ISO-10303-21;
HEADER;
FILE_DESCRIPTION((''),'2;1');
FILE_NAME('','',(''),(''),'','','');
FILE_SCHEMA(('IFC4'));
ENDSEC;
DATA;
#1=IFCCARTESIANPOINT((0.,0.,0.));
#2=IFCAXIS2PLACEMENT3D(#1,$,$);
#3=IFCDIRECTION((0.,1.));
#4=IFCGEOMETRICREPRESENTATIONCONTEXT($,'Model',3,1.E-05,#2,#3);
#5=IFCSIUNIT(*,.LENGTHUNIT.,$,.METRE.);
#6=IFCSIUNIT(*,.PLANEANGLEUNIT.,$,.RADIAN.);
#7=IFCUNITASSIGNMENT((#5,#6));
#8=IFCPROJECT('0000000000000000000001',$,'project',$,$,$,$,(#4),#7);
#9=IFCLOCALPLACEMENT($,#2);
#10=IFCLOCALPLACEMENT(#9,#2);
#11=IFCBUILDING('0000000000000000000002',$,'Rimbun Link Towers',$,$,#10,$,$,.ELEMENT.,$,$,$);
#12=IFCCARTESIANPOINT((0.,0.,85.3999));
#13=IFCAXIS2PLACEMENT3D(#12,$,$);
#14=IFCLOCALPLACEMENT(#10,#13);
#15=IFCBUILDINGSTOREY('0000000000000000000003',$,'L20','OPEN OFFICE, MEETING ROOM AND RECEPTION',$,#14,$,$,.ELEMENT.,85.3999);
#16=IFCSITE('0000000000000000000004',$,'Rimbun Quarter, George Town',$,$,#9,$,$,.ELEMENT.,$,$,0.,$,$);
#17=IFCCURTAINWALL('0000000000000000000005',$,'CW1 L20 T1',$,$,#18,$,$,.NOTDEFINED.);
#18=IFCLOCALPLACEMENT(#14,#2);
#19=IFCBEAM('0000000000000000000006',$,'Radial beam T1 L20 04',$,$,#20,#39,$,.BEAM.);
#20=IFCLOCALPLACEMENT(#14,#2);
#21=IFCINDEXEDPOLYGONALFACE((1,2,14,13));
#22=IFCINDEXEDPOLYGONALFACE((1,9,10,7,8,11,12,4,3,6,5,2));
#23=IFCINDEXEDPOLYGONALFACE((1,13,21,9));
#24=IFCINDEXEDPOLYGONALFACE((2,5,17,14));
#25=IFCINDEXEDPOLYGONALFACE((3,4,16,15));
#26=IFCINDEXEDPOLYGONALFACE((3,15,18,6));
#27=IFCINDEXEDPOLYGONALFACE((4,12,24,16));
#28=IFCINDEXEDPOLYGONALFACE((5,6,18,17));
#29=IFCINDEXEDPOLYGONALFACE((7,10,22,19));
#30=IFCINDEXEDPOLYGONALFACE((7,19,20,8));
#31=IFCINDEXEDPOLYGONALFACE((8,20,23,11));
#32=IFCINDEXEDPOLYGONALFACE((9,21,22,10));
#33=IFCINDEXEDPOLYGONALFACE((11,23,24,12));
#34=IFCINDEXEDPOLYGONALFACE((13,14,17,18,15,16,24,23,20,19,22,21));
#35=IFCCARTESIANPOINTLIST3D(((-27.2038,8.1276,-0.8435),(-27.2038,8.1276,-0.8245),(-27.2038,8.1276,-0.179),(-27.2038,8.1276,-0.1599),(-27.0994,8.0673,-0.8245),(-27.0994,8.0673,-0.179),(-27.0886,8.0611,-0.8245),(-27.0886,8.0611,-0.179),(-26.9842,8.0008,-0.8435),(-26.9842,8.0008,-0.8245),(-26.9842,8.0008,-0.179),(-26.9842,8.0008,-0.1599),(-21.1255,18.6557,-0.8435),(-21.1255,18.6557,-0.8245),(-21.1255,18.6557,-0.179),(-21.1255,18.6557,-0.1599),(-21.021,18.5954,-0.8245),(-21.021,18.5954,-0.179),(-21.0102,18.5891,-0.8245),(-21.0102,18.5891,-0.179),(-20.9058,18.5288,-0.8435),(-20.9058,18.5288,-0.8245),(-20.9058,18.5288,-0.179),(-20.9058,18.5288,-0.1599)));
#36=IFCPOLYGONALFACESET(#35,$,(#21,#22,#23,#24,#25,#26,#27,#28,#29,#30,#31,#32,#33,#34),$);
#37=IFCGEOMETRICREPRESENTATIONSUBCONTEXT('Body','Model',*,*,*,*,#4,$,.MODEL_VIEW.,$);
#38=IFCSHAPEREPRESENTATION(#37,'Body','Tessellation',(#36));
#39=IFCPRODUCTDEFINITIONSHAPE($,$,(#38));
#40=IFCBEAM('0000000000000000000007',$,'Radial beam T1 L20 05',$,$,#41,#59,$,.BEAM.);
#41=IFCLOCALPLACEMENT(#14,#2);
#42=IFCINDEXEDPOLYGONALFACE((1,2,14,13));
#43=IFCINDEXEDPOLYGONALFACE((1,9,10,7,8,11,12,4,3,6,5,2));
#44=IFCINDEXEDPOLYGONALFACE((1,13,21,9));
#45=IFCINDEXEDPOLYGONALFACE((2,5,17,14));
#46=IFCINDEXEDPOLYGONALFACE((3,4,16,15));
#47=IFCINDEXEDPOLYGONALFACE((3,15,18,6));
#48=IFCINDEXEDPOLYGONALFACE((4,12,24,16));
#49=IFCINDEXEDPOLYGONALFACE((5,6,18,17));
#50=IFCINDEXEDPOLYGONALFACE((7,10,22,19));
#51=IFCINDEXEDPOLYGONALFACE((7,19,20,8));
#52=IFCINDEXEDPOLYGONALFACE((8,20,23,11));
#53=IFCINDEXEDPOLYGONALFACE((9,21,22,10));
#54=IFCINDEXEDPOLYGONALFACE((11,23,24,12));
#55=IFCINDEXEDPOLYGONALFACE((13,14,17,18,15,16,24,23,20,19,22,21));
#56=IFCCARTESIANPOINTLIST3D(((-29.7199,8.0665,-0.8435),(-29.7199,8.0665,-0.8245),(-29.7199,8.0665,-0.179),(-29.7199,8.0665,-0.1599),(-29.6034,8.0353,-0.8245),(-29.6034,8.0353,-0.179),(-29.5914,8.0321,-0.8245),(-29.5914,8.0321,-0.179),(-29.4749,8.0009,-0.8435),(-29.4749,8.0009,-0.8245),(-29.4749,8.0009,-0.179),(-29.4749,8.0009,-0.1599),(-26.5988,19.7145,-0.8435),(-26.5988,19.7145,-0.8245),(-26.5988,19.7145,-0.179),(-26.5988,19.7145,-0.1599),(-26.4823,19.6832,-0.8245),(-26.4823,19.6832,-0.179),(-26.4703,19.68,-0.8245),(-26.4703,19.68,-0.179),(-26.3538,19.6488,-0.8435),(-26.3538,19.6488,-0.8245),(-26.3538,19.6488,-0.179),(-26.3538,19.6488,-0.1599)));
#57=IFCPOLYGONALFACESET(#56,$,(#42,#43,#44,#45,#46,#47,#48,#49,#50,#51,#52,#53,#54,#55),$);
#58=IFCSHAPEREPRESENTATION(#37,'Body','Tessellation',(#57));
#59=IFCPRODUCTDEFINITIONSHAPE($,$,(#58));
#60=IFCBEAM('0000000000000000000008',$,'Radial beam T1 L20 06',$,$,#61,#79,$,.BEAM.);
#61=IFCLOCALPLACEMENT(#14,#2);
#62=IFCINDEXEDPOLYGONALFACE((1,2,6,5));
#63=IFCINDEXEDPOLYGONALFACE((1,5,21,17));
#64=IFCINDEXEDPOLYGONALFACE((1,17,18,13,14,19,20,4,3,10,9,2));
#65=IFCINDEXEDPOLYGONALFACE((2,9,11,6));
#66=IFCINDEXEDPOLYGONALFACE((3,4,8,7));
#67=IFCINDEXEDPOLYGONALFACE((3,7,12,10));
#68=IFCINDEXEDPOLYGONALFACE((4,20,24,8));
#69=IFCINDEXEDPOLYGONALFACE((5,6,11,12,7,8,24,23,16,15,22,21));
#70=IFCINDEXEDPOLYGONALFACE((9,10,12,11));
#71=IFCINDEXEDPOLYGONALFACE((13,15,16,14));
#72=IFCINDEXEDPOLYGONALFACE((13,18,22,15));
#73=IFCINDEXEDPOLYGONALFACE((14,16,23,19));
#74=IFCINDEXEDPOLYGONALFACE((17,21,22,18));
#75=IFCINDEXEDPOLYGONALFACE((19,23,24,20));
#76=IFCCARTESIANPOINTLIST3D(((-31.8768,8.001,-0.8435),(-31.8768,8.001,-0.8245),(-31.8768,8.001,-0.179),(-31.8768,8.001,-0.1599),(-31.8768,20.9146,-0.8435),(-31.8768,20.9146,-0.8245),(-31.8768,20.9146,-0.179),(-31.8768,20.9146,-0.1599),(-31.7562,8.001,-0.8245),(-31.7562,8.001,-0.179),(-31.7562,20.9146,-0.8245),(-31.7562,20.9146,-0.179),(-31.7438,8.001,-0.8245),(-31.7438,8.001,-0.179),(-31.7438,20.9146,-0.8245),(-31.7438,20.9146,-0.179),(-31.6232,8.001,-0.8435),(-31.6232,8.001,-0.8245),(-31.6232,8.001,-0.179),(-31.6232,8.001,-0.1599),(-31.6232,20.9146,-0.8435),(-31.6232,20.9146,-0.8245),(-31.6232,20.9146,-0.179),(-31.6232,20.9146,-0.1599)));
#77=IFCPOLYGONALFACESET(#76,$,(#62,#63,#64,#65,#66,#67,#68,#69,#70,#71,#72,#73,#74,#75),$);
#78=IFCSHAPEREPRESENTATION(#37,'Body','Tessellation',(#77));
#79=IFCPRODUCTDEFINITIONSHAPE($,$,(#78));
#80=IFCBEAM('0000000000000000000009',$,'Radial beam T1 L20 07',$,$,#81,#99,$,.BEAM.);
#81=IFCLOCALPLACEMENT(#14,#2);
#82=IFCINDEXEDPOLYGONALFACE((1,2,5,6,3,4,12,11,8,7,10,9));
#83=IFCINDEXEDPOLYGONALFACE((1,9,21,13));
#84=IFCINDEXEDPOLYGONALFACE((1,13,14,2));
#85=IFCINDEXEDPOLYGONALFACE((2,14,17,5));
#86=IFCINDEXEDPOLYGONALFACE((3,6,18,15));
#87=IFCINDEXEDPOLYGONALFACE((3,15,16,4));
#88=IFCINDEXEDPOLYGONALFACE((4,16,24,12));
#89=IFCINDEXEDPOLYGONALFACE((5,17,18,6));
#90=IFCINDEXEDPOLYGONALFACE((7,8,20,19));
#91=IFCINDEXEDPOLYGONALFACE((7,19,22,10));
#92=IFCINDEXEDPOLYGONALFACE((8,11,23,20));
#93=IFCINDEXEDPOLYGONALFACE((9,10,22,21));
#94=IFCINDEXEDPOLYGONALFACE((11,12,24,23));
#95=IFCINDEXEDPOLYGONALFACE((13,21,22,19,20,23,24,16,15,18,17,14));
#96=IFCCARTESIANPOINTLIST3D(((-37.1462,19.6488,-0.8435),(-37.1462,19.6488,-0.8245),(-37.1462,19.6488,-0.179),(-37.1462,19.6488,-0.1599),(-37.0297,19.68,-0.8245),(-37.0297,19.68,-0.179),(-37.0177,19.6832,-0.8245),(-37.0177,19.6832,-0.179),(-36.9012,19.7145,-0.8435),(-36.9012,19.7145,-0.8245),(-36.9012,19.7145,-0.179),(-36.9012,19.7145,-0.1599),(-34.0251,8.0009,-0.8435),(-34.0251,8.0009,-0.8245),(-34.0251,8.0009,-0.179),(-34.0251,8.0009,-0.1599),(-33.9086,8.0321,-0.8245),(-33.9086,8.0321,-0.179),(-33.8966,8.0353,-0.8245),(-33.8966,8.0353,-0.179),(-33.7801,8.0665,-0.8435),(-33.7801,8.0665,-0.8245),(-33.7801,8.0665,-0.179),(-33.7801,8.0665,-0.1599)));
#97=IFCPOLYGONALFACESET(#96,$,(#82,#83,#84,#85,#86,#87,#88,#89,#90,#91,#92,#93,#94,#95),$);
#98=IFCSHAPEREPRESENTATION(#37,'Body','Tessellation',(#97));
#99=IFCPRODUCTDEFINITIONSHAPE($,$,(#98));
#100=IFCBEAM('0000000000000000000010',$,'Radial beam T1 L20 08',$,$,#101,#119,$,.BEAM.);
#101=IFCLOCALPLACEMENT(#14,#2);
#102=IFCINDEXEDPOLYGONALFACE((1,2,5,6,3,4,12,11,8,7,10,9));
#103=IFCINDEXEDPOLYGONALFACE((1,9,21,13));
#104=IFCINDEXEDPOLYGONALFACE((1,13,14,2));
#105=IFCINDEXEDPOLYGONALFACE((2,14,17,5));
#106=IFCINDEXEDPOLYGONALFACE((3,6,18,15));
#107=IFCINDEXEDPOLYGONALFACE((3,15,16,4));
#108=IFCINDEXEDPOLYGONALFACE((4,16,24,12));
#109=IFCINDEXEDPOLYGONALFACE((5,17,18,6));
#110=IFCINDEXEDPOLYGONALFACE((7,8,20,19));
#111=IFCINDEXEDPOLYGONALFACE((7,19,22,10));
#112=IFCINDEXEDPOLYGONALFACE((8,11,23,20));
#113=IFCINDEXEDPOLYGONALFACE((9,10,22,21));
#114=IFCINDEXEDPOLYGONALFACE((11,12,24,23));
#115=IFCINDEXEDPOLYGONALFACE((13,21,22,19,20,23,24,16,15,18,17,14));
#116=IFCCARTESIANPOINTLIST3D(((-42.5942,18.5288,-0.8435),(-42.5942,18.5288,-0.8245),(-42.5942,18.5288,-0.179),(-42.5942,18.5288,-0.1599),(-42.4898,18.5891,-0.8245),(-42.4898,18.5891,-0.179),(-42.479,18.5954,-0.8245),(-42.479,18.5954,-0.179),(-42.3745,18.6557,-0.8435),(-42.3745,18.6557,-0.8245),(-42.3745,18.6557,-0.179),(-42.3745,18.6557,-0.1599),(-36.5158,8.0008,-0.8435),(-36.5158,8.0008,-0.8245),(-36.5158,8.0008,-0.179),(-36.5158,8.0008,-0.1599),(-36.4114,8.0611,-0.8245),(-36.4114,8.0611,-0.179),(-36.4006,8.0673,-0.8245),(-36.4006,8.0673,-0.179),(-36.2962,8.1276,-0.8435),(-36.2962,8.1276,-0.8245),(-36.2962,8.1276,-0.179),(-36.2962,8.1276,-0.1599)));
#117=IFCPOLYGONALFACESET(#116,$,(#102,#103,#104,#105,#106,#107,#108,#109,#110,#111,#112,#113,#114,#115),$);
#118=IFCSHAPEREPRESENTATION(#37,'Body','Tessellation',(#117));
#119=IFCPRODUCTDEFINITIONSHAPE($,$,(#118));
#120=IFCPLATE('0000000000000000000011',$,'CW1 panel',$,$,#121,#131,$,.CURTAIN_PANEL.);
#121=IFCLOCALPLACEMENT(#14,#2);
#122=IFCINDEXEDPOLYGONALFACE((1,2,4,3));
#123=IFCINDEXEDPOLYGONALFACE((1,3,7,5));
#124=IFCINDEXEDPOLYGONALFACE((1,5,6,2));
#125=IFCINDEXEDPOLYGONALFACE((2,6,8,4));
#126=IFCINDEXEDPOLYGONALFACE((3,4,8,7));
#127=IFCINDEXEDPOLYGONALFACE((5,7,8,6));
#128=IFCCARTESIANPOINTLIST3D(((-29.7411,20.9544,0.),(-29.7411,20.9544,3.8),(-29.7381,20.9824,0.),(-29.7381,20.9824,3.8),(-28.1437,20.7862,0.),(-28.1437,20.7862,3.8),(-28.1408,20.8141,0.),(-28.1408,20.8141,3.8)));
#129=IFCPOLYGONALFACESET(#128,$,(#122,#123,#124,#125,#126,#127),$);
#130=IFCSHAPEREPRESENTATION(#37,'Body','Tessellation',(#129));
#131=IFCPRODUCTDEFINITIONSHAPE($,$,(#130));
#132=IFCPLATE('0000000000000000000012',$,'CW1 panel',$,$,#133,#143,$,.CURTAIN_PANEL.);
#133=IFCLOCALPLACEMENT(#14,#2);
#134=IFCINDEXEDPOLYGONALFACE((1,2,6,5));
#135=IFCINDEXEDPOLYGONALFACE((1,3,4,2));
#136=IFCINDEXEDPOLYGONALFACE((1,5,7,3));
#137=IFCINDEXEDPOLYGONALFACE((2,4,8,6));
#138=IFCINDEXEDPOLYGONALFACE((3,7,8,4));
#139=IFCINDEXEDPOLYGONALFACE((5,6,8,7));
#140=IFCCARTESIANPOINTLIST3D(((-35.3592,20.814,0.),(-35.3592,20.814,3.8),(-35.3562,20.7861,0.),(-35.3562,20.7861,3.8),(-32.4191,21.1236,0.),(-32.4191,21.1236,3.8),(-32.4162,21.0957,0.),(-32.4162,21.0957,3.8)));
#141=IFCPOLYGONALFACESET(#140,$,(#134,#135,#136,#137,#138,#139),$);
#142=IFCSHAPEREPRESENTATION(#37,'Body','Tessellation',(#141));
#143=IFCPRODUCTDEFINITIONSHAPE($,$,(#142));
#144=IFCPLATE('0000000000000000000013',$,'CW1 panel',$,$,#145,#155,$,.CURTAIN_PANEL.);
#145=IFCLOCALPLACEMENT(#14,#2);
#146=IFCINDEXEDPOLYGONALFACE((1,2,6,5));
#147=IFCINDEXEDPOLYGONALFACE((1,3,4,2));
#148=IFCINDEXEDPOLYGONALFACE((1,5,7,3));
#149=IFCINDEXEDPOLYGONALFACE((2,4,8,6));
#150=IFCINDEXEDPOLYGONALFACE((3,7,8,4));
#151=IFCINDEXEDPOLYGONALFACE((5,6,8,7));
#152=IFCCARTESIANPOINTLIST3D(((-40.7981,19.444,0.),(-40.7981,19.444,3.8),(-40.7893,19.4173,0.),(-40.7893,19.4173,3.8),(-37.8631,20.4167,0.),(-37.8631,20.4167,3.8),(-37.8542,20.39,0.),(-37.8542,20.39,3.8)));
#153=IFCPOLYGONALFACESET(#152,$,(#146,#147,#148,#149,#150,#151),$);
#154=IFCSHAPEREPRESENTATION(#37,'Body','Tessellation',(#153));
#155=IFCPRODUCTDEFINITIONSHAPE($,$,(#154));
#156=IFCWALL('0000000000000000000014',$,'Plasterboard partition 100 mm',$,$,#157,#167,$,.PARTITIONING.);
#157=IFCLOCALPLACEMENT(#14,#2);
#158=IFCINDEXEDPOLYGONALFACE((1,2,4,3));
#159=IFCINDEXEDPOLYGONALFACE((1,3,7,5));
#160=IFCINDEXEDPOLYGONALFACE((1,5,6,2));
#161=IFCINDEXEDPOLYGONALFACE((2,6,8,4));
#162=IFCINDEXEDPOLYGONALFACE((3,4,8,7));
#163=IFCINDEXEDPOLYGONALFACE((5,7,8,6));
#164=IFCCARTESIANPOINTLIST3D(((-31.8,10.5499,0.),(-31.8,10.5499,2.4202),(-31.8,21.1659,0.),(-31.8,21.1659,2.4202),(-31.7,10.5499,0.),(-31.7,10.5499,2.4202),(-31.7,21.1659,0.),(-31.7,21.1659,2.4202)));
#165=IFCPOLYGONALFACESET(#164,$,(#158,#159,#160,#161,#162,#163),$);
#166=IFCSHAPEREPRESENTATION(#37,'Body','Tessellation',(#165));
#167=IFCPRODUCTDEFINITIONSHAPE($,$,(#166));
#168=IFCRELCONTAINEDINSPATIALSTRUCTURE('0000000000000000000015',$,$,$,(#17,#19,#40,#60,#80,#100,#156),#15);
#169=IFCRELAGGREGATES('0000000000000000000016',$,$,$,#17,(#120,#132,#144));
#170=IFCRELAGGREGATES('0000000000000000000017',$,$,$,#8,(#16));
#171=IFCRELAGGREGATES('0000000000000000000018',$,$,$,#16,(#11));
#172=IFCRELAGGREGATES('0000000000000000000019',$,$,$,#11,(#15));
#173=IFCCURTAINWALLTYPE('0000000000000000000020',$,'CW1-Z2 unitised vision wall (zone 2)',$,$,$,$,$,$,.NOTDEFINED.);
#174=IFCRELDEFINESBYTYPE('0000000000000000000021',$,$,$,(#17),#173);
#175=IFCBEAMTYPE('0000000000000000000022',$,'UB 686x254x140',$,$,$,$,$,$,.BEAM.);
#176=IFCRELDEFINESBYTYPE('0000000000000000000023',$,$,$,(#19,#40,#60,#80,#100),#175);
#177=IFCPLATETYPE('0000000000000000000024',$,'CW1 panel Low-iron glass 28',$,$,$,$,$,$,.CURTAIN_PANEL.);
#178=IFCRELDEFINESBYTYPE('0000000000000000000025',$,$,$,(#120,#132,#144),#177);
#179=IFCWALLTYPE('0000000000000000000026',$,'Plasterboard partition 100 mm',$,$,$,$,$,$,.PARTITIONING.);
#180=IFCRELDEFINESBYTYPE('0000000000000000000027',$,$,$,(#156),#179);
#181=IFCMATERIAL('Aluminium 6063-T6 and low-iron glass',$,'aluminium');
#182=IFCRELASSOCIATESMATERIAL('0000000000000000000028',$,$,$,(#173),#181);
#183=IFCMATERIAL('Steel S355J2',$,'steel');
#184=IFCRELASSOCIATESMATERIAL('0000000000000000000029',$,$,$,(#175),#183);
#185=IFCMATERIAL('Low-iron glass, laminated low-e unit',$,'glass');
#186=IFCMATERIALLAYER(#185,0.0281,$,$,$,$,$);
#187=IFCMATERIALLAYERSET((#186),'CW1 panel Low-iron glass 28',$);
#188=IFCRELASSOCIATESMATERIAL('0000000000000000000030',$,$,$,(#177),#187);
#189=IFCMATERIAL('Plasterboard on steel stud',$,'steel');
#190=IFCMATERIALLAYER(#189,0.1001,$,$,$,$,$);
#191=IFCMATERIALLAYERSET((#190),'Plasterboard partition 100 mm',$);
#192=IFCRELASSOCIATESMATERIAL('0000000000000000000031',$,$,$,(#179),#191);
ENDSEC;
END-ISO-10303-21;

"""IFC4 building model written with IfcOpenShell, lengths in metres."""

from ifc_helpers import new_model, si_unit, direction, frame, frame_2d, origin, origin_2d, place, context, subcontext, project, spatial, rectangle, i_section, extrude, material, layer, layer_set, material_profile, profile_set, type_object, element, aggregate, save


model = new_model("IFC4")

# Units and contexts
model_context = context("Model", 3, precision=1e-05, world=origin(), true_north=direction((0.0, 1.0)))
body_context = subcontext(model_context, "Body", "Model", "MODEL_VIEW")
ifc_project = project(units=[si_unit("LENGTHUNIT", "METRE"), si_unit("PLANEANGLEUNIT", "RADIAN")], contexts=[model_context])

# Site, building, storey
site_placement = place(None, origin())
site = spatial("IfcSite", under=ifc_project, at=site_placement, Name="Rimbun Quarter, George Town", CompositionType="ELEMENT", RefElevation=0.0)
building_placement = place(site_placement, origin())
building = spatial("IfcBuilding", under=site, at=building_placement, Name="Rimbun Link Towers", CompositionType="ELEMENT")
storey_placement = place(building_placement, frame((0.0, 0.0, 85.3999)))
storey = spatial("IfcBuildingStorey", under=building, at=storey_placement, Name="L20", Description="OPEN OFFICE, MEETING ROOM AND RECEPTION", CompositionType="ELEMENT", Elevation=85.3999)

# Curtain wall
ifc_material_1 = material(Name="Aluminium 6063-T6 and low-iron glass", Category="aluminium")
curtain_wall_type = type_object("IfcCurtainWallType", Name="CW1-Z2 unitised vision wall (zone 2)", PredefinedType="NOTDEFINED", material=ifc_material_1)
curtain_wall_placement = place(storey_placement, origin())
curtain_wall = element("IfcCurtainWall", 1, at=curtain_wall_placement, inside=storey, type_object=curtain_wall_type, Name="CW1 L20 T1", PredefinedType="NOTDEFINED")

# Beams
ifc_material_2 = material(Name="Steel S355J2", Category="steel")
ifc_material_profile_1 = material_profile(ifc_material_2, i_section(OverallWidth=0.2537, OverallDepth=0.6836, WebThickness=0.0125, FlangeThickness=0.019, at=origin_2d()), Name="UB 686x254x140")
ifc_profile_set_1 = profile_set([ifc_material_profile_1], Name="Steel S355J2")
beam_type_1 = type_object("IfcBeamType", Name="UB 686x254x140", PredefinedType="BEAM", material=ifc_profile_set_1)
beam_1_placement = place(storey_placement, frame((-27.094, 8.0642, -0.5017), z_axis=(0.499999, 0.866026, 0.0), x_axis=(-0.866026, 0.499999, 0.0)))
element("IfcBeam", 2, at=beam_1_placement, inside=storey, type_object=beam_type_1, Name="Radial beam T1 L20 04", PredefinedType="BEAM", context=body_context, shape_type="SweptSolid", body=[
    extrude(i_section(OverallWidth=0.2537, OverallDepth=0.6836, WebThickness=0.0125, FlangeThickness=0.019, at=origin_2d()), origin(), (0.0, 0.0, 1.0), 12.1567),
])
beam_2_placement = place(storey_placement, frame((-29.5974, 8.0337, -0.5017), z_axis=(0.258822, 0.965925, 0.0), x_axis=(-0.965925, 0.258822, 0.0)))
element("IfcBeam", 3, at=beam_2_placement, inside=storey, type_object=beam_type_1, Name="Radial beam T1 L20 05", PredefinedType="BEAM", context=body_context, shape_type="SweptSolid", body=[
    extrude(i_section(OverallWidth=0.2537, OverallDepth=0.6836, WebThickness=0.0125, FlangeThickness=0.019, at=origin_2d()), origin(), (0.0, 0.0, 1.0), 12.0588),
])
beam_3_placement = place(storey_placement, frame((-31.75, 8.001, -0.5017), z_axis=(0.0, 1.0, 0.0), x_axis=(-1.0, 0.0, 0.0)))
element("IfcBeam", 4, at=beam_3_placement, inside=storey, type_object=beam_type_1, Name="Radial beam T1 L20 06", PredefinedType="BEAM", context=body_context, shape_type="SweptSolid", body=[
    extrude(i_section(OverallWidth=0.2537, OverallDepth=0.6836, WebThickness=0.0125, FlangeThickness=0.019, at=origin_2d()), origin(), (0.0, 0.0, 1.0), 12.9136),
])
beam_4_placement = place(storey_placement, frame((-33.9026, 8.0337, -0.5017), z_axis=(-0.258822, 0.965925, 0.0), x_axis=(-0.965925, -0.258822, 0.0)))
element("IfcBeam", 5, at=beam_4_placement, inside=storey, type_object=beam_type_1, Name="Radial beam T1 L20 07", PredefinedType="BEAM", context=body_context, shape_type="SweptSolid", body=[
    extrude(i_section(OverallWidth=0.2537, OverallDepth=0.6836, WebThickness=0.0125, FlangeThickness=0.019, at=origin_2d()), origin(), (0.0, 0.0, 1.0), 12.0588),
])
beam_5_placement = place(storey_placement, frame((-36.406, 8.0642, -0.5017), z_axis=(-0.499999, 0.866026, 0.0), x_axis=(-0.866026, -0.499999, 0.0)))
element("IfcBeam", 6, at=beam_5_placement, inside=storey, type_object=beam_type_1, Name="Radial beam T1 L20 08", PredefinedType="BEAM", context=body_context, shape_type="SweptSolid", body=[
    extrude(i_section(OverallWidth=0.2537, OverallDepth=0.6836, WebThickness=0.0125, FlangeThickness=0.019, at=origin_2d()), origin(), (0.0, 0.0, 1.0), 12.1567),
])

# Plates
ifc_material_3 = material(Name="Low-iron glass, laminated low-e unit", Category="glass")
ifc_layer_1 = layer(ifc_material_3, 0.0281)
ifc_layer_set_1 = layer_set([ifc_layer_1], Name="CW1 panel Low-iron glass 28")
plate_type = type_object("IfcPlateType", Name="CW1 panel Low-iron glass 28", PredefinedType="CURTAIN_PANEL", material=ifc_layer_set_1)
plate_1_placement = place(storey_placement, frame((-28.9409, 20.8843, 0.0), z_axis=(0.0, 0.0, 1.0), x_axis=(0.9945, -0.104736, 0.0)))
plate_1 = element("IfcPlate", 7, at=plate_1_placement, type_object=plate_type, Name="CW1 panel", PredefinedType="CURTAIN_PANEL", context=body_context, shape_type="SweptSolid", body=[
    extrude(rectangle(XDim=1.6062, YDim=0.0281, at=origin_2d()), origin(), (0.0, 0.0, 1.0), 3.8),
])
plate_2_placement = place(storey_placement, frame((-33.8877, 20.9548, 0.0), z_axis=(0.0, 0.0, 1.0), x_axis=(0.9945, 0.104736, 0.0)))
plate_2 = element("IfcPlate", 8, at=plate_2_placement, type_object=plate_type, Name="CW1 panel", PredefinedType="CURTAIN_PANEL", context=body_context, shape_type="SweptSolid", body=[
    extrude(rectangle(XDim=2.9563, YDim=0.0281, at=origin_2d()), origin(), (0.0, 0.0, 1.0), 3.8),
])
plate_3_placement = place(storey_placement, frame((-39.3262, 19.917, 0.0), z_axis=(0.0, 0.0, 1.0), x_axis=(0.949232, 0.314576, 0.0)))
plate_3 = element("IfcPlate", 9, at=plate_3_placement, type_object=plate_type, Name="CW1 panel", PredefinedType="CURTAIN_PANEL", context=body_context, shape_type="SweptSolid", body=[
    extrude(rectangle(XDim=3.092, YDim=0.0281, at=origin_2d()), origin(), (0.0, 0.0, 1.0), 3.8),
])
aggregate(curtain_wall, [plate_1, plate_2, plate_3])

# Wall
ifc_material_4 = material(Name="Plasterboard on steel stud", Category="steel")
ifc_layer_2 = layer(ifc_material_4, 0.1001)
ifc_layer_set_2 = layer_set([ifc_layer_2], Name="Plasterboard partition 100 mm")
wall_type_1 = type_object("IfcWallType", Name="Plasterboard partition 100 mm", PredefinedType="PARTITIONING", material=ifc_layer_set_2)
wall_1_placement = place(storey_placement, frame((-31.75, 21.166, 0.0), z_axis=(0.0, 0.0, 1.0), x_axis=(0.0, -1.0, 0.0)))
element("IfcWall", 10, at=wall_1_placement, inside=storey, type_object=wall_type_1, Name="Plasterboard partition 100 mm", PredefinedType="PARTITIONING", context=body_context, shape_type="SweptSolid", body=[
    extrude(rectangle(XDim=10.616, YDim=0.1001, at=frame_2d((5.3081, 0.0))), origin(), (0.0, 0.0, 1.0), 2.4202),
])

save(model, "model.ifc")
